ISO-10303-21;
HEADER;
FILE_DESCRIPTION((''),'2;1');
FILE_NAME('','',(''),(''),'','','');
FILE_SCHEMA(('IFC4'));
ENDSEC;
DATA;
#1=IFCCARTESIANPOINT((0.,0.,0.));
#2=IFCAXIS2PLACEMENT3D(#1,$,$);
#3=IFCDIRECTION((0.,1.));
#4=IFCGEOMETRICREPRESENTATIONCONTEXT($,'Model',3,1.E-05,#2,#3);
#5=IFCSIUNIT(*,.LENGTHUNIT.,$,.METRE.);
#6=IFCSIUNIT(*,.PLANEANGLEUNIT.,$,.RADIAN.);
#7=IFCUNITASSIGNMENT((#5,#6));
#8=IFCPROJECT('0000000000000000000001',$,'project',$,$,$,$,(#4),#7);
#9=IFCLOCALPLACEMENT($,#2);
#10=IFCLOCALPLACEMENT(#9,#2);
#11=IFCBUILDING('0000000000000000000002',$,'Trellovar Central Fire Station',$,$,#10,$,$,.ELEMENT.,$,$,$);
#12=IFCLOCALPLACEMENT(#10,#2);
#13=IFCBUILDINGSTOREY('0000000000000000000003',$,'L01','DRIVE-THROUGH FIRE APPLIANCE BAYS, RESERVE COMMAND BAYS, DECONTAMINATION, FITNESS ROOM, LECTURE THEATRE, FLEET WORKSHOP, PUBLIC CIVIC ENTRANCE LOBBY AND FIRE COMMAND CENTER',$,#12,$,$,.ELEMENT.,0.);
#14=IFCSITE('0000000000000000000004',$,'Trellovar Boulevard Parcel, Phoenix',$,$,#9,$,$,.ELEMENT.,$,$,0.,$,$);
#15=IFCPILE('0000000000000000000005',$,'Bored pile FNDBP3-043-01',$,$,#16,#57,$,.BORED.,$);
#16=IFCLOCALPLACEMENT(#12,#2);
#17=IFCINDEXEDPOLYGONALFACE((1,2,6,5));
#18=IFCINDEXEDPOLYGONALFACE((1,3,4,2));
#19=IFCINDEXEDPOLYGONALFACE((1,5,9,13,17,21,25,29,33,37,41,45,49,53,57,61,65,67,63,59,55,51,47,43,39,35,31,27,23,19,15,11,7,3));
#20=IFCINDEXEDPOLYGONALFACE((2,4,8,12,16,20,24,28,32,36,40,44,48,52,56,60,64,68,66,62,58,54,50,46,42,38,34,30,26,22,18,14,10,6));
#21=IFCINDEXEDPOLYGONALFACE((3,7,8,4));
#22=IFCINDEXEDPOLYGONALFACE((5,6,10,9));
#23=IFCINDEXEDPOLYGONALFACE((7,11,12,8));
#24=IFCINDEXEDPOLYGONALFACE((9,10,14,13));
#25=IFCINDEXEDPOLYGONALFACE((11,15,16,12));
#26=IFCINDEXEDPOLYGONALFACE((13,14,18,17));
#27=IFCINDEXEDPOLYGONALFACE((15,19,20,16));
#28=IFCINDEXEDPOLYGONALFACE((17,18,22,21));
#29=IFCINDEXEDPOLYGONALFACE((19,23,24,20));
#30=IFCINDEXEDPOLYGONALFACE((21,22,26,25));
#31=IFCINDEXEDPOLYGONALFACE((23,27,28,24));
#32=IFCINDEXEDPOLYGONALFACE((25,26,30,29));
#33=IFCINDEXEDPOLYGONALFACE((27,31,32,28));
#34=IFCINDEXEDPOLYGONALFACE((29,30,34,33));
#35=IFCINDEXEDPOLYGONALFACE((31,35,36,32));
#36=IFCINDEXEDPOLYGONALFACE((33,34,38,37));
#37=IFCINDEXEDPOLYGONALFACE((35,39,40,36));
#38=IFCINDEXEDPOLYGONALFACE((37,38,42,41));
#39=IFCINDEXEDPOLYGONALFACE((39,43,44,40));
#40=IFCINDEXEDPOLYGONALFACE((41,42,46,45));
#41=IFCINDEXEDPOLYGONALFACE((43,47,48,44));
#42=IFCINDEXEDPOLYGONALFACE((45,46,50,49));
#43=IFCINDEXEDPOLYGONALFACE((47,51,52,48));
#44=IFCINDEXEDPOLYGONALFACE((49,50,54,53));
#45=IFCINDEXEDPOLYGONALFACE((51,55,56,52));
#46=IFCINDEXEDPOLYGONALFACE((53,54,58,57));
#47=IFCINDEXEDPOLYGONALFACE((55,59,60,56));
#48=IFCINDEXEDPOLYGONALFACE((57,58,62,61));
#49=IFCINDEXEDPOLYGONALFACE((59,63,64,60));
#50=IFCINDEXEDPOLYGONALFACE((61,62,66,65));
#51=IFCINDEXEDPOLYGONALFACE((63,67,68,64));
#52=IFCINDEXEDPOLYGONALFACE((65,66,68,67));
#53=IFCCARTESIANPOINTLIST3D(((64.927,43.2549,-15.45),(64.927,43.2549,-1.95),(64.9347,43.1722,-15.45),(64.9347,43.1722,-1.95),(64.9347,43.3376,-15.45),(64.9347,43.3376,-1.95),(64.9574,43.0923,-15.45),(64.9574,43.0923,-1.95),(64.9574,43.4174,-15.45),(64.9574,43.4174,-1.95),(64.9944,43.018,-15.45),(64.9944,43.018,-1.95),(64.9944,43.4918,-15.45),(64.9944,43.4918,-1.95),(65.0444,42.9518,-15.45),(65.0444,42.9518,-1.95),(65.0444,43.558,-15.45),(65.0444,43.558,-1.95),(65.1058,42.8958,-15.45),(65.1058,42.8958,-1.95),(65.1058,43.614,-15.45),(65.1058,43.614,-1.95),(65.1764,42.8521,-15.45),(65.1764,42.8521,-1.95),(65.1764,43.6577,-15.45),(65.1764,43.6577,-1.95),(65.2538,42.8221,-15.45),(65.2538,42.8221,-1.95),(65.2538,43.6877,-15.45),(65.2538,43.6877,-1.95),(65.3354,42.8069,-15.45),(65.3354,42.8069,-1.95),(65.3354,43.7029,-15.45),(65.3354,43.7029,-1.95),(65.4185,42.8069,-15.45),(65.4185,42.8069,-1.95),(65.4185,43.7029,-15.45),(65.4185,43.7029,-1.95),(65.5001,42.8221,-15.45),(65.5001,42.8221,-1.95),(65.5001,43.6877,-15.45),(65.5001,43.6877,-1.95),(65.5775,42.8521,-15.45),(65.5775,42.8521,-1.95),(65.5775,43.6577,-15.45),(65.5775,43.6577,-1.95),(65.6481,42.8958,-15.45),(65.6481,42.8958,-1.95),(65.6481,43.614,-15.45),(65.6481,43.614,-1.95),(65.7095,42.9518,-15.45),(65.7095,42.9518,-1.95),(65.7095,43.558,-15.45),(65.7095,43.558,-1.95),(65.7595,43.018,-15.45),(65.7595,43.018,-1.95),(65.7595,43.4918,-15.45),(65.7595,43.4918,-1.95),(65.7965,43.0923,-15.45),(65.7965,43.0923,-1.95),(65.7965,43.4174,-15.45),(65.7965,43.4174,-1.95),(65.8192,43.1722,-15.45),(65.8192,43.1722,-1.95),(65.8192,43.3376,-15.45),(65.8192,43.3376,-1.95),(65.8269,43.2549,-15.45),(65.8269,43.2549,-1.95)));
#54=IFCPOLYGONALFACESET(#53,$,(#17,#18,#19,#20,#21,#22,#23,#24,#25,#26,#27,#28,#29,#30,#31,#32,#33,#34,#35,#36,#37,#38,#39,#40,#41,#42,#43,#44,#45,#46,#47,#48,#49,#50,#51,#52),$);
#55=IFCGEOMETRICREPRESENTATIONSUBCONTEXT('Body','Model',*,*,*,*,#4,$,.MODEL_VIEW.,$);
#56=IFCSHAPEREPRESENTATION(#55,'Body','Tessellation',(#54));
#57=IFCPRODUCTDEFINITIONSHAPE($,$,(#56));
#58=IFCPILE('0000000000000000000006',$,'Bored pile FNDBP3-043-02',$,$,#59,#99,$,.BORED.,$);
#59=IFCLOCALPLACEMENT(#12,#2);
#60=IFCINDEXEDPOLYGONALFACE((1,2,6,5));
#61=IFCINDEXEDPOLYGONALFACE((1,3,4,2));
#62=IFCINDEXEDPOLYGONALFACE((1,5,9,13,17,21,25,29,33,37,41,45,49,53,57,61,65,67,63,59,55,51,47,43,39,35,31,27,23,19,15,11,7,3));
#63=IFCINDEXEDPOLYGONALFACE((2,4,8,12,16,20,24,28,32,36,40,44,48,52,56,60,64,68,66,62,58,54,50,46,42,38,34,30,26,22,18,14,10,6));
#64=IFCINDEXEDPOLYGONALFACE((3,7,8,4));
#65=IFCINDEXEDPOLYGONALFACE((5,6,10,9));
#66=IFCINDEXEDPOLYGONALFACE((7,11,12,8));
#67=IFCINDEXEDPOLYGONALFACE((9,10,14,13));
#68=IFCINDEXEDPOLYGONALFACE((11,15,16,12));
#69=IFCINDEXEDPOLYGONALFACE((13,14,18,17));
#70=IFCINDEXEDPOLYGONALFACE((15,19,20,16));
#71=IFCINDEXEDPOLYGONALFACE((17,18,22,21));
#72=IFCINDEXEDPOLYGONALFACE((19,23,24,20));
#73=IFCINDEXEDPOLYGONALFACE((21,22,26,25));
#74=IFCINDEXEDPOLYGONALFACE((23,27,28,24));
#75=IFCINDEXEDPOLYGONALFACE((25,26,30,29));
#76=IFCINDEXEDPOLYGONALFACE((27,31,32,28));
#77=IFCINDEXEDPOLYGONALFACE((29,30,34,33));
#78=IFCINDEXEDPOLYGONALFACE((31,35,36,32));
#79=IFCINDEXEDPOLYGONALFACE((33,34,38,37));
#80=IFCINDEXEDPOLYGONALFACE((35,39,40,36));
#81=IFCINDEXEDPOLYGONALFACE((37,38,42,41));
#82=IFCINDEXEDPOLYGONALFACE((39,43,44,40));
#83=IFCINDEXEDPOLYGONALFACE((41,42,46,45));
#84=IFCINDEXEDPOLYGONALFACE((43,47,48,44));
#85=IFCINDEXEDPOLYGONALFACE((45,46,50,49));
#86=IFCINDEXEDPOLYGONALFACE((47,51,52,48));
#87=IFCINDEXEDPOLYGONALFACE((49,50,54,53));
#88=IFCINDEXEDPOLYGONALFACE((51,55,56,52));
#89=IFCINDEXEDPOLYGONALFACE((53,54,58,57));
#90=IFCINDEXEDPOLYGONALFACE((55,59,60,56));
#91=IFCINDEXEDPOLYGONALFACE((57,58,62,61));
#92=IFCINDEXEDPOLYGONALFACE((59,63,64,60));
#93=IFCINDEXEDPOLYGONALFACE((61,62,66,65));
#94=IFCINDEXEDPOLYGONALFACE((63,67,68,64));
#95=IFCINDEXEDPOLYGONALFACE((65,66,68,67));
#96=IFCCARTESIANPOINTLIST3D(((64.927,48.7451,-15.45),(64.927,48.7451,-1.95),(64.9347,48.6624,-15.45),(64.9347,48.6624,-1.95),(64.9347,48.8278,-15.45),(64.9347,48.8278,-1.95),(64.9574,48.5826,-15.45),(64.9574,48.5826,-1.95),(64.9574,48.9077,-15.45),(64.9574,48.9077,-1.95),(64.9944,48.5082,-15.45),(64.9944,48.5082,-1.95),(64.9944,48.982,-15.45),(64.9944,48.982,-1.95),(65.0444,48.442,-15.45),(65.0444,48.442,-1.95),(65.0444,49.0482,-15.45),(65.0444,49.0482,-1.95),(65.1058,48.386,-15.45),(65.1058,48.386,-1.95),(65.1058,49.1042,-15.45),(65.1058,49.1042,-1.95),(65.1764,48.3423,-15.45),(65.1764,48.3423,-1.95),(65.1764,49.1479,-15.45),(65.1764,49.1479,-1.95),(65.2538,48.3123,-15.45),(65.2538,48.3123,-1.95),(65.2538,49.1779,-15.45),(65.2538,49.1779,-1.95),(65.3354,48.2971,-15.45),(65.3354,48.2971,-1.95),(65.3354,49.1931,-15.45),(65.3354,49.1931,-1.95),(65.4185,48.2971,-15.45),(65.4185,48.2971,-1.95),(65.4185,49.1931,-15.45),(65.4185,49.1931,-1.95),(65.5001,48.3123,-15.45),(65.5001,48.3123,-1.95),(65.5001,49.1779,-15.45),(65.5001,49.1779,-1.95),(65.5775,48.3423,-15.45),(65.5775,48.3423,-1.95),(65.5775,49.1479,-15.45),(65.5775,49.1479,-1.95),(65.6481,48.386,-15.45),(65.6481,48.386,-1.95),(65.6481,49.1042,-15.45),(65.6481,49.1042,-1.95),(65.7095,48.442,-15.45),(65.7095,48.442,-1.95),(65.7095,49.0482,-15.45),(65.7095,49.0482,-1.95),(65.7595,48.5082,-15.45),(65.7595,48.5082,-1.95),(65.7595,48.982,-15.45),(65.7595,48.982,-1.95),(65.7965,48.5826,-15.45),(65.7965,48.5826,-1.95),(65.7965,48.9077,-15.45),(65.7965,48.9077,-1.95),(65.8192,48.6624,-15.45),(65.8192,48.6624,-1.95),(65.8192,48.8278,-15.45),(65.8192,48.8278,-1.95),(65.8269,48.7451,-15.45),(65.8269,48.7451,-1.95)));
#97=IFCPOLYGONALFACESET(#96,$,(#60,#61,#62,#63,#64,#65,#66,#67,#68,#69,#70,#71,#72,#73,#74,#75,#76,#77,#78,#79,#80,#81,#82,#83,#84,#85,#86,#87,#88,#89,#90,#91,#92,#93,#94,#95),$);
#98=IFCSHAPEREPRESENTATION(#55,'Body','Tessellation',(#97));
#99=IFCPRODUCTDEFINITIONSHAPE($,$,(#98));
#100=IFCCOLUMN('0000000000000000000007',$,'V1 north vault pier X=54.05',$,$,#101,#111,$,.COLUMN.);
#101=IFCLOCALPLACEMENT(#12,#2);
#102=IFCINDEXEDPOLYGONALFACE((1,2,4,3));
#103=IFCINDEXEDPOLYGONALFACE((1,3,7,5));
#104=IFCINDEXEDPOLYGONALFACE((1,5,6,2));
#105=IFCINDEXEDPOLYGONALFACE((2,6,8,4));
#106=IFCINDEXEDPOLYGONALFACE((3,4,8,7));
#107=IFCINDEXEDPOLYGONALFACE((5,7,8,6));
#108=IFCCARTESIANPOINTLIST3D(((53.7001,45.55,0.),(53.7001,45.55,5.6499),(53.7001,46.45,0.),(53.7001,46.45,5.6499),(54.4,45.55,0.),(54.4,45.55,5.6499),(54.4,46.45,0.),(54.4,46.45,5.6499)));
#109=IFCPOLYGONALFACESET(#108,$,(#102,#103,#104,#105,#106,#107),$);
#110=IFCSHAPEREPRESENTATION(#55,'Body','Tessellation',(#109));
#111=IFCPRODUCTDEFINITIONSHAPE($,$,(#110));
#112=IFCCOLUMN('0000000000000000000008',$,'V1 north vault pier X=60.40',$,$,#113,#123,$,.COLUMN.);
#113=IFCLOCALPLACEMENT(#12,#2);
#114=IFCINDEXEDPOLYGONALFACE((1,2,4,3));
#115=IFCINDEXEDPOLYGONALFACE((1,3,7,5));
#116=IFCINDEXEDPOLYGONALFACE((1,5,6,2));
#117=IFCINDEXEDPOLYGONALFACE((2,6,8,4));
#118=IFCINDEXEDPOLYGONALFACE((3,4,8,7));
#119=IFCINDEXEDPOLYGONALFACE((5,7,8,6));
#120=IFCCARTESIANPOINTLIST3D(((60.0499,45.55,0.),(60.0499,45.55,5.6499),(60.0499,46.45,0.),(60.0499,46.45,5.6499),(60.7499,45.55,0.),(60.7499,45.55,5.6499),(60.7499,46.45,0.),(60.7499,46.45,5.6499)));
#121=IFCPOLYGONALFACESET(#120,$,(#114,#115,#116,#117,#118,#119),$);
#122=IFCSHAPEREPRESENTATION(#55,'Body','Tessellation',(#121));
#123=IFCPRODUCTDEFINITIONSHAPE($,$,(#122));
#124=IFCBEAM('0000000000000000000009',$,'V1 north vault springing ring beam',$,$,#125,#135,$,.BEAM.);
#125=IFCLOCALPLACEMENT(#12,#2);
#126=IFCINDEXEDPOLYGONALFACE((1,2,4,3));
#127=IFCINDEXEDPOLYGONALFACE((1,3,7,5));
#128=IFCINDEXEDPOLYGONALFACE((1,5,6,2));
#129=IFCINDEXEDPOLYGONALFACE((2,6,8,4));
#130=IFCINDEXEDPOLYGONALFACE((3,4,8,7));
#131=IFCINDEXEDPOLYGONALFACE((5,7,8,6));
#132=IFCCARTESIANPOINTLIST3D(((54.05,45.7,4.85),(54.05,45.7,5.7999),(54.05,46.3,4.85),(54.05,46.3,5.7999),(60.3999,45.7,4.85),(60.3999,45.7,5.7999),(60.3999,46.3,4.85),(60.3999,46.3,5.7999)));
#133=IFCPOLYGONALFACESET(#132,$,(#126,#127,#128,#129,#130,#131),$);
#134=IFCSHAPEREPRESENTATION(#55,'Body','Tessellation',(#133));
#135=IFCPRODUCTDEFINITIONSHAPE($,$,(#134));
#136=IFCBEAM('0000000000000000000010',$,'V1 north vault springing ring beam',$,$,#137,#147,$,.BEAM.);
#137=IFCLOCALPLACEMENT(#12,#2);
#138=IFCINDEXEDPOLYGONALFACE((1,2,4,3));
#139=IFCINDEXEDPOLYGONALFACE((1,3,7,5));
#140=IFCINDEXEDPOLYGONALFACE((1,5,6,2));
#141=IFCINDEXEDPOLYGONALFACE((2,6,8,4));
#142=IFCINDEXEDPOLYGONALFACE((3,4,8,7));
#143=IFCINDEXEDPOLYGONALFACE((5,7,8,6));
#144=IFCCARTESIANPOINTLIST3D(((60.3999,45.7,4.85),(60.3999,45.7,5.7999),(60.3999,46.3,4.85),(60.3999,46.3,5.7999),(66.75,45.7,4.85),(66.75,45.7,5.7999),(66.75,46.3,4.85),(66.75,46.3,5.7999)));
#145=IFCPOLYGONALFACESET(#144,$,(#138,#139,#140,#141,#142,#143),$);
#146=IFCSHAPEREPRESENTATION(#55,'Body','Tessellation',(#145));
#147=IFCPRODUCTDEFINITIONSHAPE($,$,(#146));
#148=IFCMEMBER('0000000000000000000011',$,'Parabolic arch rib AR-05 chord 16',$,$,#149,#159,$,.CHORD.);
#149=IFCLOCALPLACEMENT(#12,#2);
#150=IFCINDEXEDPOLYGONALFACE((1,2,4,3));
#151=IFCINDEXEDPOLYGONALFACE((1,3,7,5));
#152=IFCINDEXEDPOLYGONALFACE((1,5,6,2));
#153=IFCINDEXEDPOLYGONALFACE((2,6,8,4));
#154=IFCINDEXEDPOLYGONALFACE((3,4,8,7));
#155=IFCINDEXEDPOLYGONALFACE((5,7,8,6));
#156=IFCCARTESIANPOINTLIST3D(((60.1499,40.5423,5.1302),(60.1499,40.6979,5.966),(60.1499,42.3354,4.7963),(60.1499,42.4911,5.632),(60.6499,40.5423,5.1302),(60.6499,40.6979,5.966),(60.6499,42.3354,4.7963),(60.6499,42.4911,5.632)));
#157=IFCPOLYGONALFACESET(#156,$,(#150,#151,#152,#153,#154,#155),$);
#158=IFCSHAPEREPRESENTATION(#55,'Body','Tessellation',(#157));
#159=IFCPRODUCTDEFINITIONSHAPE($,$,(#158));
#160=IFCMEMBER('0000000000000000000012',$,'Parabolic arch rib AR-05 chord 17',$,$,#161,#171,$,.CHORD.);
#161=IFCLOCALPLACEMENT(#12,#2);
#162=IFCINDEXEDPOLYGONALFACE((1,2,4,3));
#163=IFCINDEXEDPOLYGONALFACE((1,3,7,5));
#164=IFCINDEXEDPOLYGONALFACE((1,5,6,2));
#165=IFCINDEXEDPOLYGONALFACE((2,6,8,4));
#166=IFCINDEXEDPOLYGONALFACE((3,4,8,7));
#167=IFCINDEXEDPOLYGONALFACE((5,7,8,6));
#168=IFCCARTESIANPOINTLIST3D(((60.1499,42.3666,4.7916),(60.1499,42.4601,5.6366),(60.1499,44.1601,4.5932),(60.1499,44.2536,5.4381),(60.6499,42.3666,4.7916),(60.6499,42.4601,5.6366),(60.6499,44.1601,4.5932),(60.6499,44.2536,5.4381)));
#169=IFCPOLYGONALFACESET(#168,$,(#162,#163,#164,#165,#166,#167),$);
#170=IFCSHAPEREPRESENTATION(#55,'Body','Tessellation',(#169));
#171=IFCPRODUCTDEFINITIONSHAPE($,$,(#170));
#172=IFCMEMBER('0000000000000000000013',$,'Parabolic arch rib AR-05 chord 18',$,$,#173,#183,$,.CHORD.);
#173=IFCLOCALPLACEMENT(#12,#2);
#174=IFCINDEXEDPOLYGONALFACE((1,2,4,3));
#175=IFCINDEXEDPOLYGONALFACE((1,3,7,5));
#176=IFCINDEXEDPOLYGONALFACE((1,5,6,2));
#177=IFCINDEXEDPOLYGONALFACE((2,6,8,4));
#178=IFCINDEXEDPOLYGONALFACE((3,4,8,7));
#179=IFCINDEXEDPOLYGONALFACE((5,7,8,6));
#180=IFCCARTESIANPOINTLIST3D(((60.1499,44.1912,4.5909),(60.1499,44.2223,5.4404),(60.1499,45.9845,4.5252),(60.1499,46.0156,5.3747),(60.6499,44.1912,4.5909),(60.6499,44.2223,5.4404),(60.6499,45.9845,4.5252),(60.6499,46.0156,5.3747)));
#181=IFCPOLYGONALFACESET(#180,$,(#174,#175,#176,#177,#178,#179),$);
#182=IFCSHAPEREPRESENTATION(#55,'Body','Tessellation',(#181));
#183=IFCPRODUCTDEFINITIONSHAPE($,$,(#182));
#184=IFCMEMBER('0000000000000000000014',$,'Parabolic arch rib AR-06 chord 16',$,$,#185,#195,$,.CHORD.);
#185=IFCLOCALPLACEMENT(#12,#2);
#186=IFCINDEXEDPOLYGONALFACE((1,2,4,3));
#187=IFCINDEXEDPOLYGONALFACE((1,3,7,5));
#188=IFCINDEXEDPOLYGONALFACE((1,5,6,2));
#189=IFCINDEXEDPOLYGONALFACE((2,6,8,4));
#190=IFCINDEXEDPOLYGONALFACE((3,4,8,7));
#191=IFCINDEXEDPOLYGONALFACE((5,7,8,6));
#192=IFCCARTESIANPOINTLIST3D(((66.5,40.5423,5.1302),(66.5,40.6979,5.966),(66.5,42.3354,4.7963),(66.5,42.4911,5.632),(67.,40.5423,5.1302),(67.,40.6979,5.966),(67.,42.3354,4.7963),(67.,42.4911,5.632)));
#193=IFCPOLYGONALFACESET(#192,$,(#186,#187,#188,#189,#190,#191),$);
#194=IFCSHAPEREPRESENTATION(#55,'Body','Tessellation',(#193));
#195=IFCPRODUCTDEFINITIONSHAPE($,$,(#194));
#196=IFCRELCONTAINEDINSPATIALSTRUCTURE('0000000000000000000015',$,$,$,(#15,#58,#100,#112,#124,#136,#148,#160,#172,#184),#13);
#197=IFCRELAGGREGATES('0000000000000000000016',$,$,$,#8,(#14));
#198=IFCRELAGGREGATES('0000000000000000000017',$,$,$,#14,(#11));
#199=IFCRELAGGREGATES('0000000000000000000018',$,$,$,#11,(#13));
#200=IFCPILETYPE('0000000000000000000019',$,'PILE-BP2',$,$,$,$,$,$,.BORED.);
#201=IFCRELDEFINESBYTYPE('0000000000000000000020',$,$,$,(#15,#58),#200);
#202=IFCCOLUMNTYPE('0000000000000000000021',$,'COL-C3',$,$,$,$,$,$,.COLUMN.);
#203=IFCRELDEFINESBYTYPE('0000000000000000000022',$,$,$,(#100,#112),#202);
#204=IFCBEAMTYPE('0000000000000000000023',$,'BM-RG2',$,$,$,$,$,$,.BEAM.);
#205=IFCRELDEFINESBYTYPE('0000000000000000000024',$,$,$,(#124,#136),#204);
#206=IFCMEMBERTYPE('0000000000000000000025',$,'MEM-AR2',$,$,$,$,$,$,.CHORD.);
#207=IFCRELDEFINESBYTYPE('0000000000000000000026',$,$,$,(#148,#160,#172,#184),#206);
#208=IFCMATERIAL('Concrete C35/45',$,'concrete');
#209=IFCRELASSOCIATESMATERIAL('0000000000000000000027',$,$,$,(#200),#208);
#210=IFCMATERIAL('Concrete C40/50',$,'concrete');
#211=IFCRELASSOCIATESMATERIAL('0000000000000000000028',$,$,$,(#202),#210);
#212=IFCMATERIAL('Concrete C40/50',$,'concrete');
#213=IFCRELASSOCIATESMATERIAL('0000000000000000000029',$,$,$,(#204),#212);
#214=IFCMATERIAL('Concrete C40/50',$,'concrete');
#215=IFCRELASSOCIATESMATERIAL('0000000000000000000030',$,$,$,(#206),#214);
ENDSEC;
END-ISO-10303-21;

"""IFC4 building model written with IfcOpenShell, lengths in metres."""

from ifc_helpers import new_model, si_unit, direction, frame, origin, origin_2d, place, context, subcontext, project, spatial, rectangle, circle, extrude, material, material_profile, profile_set, type_object, element, save


model = new_model("IFC4")

# Units and contexts
model_context = context("Model", 3, precision=1e-05, world=origin(), true_north=direction((0.0, 1.0)))
body_context = subcontext(model_context, "Body", "Model", "MODEL_VIEW")
ifc_project = project(units=[si_unit("LENGTHUNIT", "METRE"), si_unit("PLANEANGLEUNIT", "RADIAN")], contexts=[model_context])

# Site, building, storey
site_placement = place(None, origin())
site = spatial("IfcSite", under=ifc_project, at=site_placement, Name="Trellovar Boulevard Parcel, Phoenix", CompositionType="ELEMENT", RefElevation=0.0)
building_placement = place(site_placement, origin())
building = spatial("IfcBuilding", under=site, at=building_placement, Name="Trellovar Central Fire Station", CompositionType="ELEMENT")
storey_placement = place(building_placement, origin())
storey = spatial("IfcBuildingStorey", under=building, at=storey_placement, Name="L01", Description="DRIVE-THROUGH FIRE APPLIANCE BAYS, RESERVE COMMAND BAYS, DECONTAMINATION, FITNESS ROOM, LECTURE THEATRE, FLEET WORKSHOP, PUBLIC CIVIC ENTRANCE LOBBY AND FIRE COMMAND CENTER", CompositionType="ELEMENT", Elevation=0.0)

# Piles
ifc_material_1 = material(Name="Concrete C35/45", Category="concrete")
ifc_material_profile_1 = material_profile(ifc_material_1, circle(Radius=0.45, at=origin_2d()), Name="PILE900")
ifc_profile_set_1 = profile_set([ifc_material_profile_1], Name="Concrete C35/45")
pile_type = type_object("IfcPileType", Name="PILE-BP2", PredefinedType="BORED", material=ifc_profile_set_1)
for number, where, z_axis, x_axis, name in (
    (1, (65.377, 43.2549, -1.95), (0.0, 0.0, -1.0), (1.0, 0.0, 0.0), "Bored pile FNDBP3-043-01"),
    (2, (65.377, 48.7451, -1.95), (0.0, 0.0, -1.0), (1.0, 0.0, 0.0), "Bored pile FNDBP3-043-02"),
):
    element("IfcPile", number, at=place(storey_placement, frame(where, z_axis=z_axis, x_axis=x_axis)), inside=storey, type_object=pile_type, Name=name, PredefinedType="BORED", context=body_context, shape_type="SweptSolid", body=[
        extrude(circle(Radius=0.45, at=origin_2d()), origin(), (0.0, 0.0, 1.0), 13.5),
    ])

# Columns
ifc_material_2 = material(Name="Concrete C40/50", Category="concrete")
ifc_material_profile_2 = material_profile(ifc_material_2, rectangle(XDim=0.7, YDim=0.8999, at=origin_2d()), Name="RC700X900")
ifc_profile_set_2 = profile_set([ifc_material_profile_2], Name="Concrete C40/50")
column_type = type_object("IfcColumnType", Name="COL-C3", PredefinedType="COLUMN", material=ifc_profile_set_2)
for number, where, z_axis, x_axis, name in (
    (3, (54.05, 46.0, 0.0), (0.0, 0.0, 1.0), (1.0, 0.0, 0.0), "V1 north vault pier X=54.05"),
    (4, (60.3999, 46.0, 0.0), (0.0, 0.0, 1.0), (1.0, 0.0, 0.0), "V1 north vault pier X=60.40"),
):
    element("IfcColumn", number, at=place(storey_placement, frame(where, z_axis=z_axis, x_axis=x_axis)), inside=storey, type_object=column_type, Name=name, PredefinedType="COLUMN", context=body_context, shape_type="SweptSolid", body=[
        extrude(rectangle(XDim=0.7, YDim=0.8999, at=origin_2d()), origin(), (0.0, 0.0, 1.0), 5.6499),
    ])

# Beams
ifc_material_3 = material(Name="Concrete C40/50", Category="concrete")
ifc_material_profile_3 = material_profile(ifc_material_3, rectangle(XDim=0.6001, YDim=0.95, at=origin_2d()), Name="RC600X950")
ifc_profile_set_3 = profile_set([ifc_material_profile_3], Name="Concrete C40/50")
beam_type = type_object("IfcBeamType", Name="BM-RG2", PredefinedType="BEAM", material=ifc_profile_set_3)
beam_1_placement = place(storey_placement, frame((54.05, 46.0, 5.325), z_axis=(1.0, 0.0, 0.0), x_axis=(0.0, 1.0, 0.0)))
element("IfcBeam", 5, at=beam_1_placement, inside=storey, type_object=beam_type, Name="V1 north vault springing ring beam", PredefinedType="BEAM", context=body_context, shape_type="SweptSolid", body=[
    extrude(rectangle(XDim=0.6001, YDim=0.95, at=origin_2d()), origin(), (0.0, 0.0, 1.0), 6.3499),
])
beam_2_placement = place(storey_placement, frame((60.3999, 46.0, 5.325), z_axis=(1.0, 0.0, 0.0), x_axis=(0.0, 1.0, 0.0)))
element("IfcBeam", 6, at=beam_2_placement, inside=storey, type_object=beam_type, Name="V1 north vault springing ring beam", PredefinedType="BEAM", context=body_context, shape_type="SweptSolid", body=[
    extrude(rectangle(XDim=0.6001, YDim=0.95, at=origin_2d()), origin(), (0.0, 0.0, 1.0), 6.3501),
])

# Members
ifc_material_4 = material(Name="Concrete C40/50", Category="concrete")
ifc_material_profile_4 = material_profile(ifc_material_4, rectangle(XDim=0.5, YDim=0.8501, at=origin_2d()), Name="RC500X850")
ifc_profile_set_4 = profile_set([ifc_material_profile_4], Name="Concrete C40/50")
member_type_1 = type_object("IfcMemberType", Name="MEM-AR2", PredefinedType="CHORD", material=ifc_profile_set_4)
member_1_placement = place(storey_placement, frame((60.3999, 40.6201, 5.5481), z_axis=(0.0, 0.983094, -0.1831), x_axis=(-1.0, 0.0, 0.0)))
element("IfcMember", 7, at=member_1_placement, inside=storey, type_object=member_type_1, Name="Parabolic arch rib AR-05 chord 16", PredefinedType="CHORD", context=body_context, shape_type="SweptSolid", body=[
    extrude(rectangle(XDim=0.5, YDim=0.8501, at=origin_2d()), origin(), (0.0, 0.0, 1.0), 1.824),
])
member_2_placement = place(storey_placement, frame((60.3999, 42.4133, 5.2141), z_axis=(0.0, 0.993931, -0.110001), x_axis=(-1.0, 0.0, 0.0)))
element("IfcMember", 8, at=member_2_placement, inside=storey, type_object=member_type_1, Name="Parabolic arch rib AR-05 chord 17", PredefinedType="CHORD", context=body_context, shape_type="SweptSolid", body=[
    extrude(rectangle(XDim=0.5, YDim=0.8501, at=origin_2d()), origin(), (0.0, 0.0, 1.0), 1.8044),
])
member_3_placement = place(storey_placement, frame((60.3999, 44.2068, 5.0156), z_axis=(0.0, 0.99933, -0.036599), x_axis=(-1.0, 0.0, 0.0)))
element("IfcMember", 9, at=member_3_placement, inside=storey, type_object=member_type_1, Name="Parabolic arch rib AR-05 chord 18", PredefinedType="CHORD", context=body_context, shape_type="SweptSolid", body=[
    extrude(rectangle(XDim=0.5, YDim=0.8501, at=origin_2d()), origin(), (0.0, 0.0, 1.0), 1.7944),
])
member_4_placement = place(storey_placement, frame((66.75, 40.6201, 5.5481), z_axis=(0.0, 0.983094, -0.1831), x_axis=(-1.0, 0.0, 0.0)))
element("IfcMember", 10, at=member_4_placement, inside=storey, type_object=member_type_1, Name="Parabolic arch rib AR-06 chord 16", PredefinedType="CHORD", context=body_context, shape_type="SweptSolid", body=[
    extrude(rectangle(XDim=0.5, YDim=0.8501, at=origin_2d()), origin(), (0.0, 0.0, 1.0), 1.824),
])

save(model, "model.ifc")
